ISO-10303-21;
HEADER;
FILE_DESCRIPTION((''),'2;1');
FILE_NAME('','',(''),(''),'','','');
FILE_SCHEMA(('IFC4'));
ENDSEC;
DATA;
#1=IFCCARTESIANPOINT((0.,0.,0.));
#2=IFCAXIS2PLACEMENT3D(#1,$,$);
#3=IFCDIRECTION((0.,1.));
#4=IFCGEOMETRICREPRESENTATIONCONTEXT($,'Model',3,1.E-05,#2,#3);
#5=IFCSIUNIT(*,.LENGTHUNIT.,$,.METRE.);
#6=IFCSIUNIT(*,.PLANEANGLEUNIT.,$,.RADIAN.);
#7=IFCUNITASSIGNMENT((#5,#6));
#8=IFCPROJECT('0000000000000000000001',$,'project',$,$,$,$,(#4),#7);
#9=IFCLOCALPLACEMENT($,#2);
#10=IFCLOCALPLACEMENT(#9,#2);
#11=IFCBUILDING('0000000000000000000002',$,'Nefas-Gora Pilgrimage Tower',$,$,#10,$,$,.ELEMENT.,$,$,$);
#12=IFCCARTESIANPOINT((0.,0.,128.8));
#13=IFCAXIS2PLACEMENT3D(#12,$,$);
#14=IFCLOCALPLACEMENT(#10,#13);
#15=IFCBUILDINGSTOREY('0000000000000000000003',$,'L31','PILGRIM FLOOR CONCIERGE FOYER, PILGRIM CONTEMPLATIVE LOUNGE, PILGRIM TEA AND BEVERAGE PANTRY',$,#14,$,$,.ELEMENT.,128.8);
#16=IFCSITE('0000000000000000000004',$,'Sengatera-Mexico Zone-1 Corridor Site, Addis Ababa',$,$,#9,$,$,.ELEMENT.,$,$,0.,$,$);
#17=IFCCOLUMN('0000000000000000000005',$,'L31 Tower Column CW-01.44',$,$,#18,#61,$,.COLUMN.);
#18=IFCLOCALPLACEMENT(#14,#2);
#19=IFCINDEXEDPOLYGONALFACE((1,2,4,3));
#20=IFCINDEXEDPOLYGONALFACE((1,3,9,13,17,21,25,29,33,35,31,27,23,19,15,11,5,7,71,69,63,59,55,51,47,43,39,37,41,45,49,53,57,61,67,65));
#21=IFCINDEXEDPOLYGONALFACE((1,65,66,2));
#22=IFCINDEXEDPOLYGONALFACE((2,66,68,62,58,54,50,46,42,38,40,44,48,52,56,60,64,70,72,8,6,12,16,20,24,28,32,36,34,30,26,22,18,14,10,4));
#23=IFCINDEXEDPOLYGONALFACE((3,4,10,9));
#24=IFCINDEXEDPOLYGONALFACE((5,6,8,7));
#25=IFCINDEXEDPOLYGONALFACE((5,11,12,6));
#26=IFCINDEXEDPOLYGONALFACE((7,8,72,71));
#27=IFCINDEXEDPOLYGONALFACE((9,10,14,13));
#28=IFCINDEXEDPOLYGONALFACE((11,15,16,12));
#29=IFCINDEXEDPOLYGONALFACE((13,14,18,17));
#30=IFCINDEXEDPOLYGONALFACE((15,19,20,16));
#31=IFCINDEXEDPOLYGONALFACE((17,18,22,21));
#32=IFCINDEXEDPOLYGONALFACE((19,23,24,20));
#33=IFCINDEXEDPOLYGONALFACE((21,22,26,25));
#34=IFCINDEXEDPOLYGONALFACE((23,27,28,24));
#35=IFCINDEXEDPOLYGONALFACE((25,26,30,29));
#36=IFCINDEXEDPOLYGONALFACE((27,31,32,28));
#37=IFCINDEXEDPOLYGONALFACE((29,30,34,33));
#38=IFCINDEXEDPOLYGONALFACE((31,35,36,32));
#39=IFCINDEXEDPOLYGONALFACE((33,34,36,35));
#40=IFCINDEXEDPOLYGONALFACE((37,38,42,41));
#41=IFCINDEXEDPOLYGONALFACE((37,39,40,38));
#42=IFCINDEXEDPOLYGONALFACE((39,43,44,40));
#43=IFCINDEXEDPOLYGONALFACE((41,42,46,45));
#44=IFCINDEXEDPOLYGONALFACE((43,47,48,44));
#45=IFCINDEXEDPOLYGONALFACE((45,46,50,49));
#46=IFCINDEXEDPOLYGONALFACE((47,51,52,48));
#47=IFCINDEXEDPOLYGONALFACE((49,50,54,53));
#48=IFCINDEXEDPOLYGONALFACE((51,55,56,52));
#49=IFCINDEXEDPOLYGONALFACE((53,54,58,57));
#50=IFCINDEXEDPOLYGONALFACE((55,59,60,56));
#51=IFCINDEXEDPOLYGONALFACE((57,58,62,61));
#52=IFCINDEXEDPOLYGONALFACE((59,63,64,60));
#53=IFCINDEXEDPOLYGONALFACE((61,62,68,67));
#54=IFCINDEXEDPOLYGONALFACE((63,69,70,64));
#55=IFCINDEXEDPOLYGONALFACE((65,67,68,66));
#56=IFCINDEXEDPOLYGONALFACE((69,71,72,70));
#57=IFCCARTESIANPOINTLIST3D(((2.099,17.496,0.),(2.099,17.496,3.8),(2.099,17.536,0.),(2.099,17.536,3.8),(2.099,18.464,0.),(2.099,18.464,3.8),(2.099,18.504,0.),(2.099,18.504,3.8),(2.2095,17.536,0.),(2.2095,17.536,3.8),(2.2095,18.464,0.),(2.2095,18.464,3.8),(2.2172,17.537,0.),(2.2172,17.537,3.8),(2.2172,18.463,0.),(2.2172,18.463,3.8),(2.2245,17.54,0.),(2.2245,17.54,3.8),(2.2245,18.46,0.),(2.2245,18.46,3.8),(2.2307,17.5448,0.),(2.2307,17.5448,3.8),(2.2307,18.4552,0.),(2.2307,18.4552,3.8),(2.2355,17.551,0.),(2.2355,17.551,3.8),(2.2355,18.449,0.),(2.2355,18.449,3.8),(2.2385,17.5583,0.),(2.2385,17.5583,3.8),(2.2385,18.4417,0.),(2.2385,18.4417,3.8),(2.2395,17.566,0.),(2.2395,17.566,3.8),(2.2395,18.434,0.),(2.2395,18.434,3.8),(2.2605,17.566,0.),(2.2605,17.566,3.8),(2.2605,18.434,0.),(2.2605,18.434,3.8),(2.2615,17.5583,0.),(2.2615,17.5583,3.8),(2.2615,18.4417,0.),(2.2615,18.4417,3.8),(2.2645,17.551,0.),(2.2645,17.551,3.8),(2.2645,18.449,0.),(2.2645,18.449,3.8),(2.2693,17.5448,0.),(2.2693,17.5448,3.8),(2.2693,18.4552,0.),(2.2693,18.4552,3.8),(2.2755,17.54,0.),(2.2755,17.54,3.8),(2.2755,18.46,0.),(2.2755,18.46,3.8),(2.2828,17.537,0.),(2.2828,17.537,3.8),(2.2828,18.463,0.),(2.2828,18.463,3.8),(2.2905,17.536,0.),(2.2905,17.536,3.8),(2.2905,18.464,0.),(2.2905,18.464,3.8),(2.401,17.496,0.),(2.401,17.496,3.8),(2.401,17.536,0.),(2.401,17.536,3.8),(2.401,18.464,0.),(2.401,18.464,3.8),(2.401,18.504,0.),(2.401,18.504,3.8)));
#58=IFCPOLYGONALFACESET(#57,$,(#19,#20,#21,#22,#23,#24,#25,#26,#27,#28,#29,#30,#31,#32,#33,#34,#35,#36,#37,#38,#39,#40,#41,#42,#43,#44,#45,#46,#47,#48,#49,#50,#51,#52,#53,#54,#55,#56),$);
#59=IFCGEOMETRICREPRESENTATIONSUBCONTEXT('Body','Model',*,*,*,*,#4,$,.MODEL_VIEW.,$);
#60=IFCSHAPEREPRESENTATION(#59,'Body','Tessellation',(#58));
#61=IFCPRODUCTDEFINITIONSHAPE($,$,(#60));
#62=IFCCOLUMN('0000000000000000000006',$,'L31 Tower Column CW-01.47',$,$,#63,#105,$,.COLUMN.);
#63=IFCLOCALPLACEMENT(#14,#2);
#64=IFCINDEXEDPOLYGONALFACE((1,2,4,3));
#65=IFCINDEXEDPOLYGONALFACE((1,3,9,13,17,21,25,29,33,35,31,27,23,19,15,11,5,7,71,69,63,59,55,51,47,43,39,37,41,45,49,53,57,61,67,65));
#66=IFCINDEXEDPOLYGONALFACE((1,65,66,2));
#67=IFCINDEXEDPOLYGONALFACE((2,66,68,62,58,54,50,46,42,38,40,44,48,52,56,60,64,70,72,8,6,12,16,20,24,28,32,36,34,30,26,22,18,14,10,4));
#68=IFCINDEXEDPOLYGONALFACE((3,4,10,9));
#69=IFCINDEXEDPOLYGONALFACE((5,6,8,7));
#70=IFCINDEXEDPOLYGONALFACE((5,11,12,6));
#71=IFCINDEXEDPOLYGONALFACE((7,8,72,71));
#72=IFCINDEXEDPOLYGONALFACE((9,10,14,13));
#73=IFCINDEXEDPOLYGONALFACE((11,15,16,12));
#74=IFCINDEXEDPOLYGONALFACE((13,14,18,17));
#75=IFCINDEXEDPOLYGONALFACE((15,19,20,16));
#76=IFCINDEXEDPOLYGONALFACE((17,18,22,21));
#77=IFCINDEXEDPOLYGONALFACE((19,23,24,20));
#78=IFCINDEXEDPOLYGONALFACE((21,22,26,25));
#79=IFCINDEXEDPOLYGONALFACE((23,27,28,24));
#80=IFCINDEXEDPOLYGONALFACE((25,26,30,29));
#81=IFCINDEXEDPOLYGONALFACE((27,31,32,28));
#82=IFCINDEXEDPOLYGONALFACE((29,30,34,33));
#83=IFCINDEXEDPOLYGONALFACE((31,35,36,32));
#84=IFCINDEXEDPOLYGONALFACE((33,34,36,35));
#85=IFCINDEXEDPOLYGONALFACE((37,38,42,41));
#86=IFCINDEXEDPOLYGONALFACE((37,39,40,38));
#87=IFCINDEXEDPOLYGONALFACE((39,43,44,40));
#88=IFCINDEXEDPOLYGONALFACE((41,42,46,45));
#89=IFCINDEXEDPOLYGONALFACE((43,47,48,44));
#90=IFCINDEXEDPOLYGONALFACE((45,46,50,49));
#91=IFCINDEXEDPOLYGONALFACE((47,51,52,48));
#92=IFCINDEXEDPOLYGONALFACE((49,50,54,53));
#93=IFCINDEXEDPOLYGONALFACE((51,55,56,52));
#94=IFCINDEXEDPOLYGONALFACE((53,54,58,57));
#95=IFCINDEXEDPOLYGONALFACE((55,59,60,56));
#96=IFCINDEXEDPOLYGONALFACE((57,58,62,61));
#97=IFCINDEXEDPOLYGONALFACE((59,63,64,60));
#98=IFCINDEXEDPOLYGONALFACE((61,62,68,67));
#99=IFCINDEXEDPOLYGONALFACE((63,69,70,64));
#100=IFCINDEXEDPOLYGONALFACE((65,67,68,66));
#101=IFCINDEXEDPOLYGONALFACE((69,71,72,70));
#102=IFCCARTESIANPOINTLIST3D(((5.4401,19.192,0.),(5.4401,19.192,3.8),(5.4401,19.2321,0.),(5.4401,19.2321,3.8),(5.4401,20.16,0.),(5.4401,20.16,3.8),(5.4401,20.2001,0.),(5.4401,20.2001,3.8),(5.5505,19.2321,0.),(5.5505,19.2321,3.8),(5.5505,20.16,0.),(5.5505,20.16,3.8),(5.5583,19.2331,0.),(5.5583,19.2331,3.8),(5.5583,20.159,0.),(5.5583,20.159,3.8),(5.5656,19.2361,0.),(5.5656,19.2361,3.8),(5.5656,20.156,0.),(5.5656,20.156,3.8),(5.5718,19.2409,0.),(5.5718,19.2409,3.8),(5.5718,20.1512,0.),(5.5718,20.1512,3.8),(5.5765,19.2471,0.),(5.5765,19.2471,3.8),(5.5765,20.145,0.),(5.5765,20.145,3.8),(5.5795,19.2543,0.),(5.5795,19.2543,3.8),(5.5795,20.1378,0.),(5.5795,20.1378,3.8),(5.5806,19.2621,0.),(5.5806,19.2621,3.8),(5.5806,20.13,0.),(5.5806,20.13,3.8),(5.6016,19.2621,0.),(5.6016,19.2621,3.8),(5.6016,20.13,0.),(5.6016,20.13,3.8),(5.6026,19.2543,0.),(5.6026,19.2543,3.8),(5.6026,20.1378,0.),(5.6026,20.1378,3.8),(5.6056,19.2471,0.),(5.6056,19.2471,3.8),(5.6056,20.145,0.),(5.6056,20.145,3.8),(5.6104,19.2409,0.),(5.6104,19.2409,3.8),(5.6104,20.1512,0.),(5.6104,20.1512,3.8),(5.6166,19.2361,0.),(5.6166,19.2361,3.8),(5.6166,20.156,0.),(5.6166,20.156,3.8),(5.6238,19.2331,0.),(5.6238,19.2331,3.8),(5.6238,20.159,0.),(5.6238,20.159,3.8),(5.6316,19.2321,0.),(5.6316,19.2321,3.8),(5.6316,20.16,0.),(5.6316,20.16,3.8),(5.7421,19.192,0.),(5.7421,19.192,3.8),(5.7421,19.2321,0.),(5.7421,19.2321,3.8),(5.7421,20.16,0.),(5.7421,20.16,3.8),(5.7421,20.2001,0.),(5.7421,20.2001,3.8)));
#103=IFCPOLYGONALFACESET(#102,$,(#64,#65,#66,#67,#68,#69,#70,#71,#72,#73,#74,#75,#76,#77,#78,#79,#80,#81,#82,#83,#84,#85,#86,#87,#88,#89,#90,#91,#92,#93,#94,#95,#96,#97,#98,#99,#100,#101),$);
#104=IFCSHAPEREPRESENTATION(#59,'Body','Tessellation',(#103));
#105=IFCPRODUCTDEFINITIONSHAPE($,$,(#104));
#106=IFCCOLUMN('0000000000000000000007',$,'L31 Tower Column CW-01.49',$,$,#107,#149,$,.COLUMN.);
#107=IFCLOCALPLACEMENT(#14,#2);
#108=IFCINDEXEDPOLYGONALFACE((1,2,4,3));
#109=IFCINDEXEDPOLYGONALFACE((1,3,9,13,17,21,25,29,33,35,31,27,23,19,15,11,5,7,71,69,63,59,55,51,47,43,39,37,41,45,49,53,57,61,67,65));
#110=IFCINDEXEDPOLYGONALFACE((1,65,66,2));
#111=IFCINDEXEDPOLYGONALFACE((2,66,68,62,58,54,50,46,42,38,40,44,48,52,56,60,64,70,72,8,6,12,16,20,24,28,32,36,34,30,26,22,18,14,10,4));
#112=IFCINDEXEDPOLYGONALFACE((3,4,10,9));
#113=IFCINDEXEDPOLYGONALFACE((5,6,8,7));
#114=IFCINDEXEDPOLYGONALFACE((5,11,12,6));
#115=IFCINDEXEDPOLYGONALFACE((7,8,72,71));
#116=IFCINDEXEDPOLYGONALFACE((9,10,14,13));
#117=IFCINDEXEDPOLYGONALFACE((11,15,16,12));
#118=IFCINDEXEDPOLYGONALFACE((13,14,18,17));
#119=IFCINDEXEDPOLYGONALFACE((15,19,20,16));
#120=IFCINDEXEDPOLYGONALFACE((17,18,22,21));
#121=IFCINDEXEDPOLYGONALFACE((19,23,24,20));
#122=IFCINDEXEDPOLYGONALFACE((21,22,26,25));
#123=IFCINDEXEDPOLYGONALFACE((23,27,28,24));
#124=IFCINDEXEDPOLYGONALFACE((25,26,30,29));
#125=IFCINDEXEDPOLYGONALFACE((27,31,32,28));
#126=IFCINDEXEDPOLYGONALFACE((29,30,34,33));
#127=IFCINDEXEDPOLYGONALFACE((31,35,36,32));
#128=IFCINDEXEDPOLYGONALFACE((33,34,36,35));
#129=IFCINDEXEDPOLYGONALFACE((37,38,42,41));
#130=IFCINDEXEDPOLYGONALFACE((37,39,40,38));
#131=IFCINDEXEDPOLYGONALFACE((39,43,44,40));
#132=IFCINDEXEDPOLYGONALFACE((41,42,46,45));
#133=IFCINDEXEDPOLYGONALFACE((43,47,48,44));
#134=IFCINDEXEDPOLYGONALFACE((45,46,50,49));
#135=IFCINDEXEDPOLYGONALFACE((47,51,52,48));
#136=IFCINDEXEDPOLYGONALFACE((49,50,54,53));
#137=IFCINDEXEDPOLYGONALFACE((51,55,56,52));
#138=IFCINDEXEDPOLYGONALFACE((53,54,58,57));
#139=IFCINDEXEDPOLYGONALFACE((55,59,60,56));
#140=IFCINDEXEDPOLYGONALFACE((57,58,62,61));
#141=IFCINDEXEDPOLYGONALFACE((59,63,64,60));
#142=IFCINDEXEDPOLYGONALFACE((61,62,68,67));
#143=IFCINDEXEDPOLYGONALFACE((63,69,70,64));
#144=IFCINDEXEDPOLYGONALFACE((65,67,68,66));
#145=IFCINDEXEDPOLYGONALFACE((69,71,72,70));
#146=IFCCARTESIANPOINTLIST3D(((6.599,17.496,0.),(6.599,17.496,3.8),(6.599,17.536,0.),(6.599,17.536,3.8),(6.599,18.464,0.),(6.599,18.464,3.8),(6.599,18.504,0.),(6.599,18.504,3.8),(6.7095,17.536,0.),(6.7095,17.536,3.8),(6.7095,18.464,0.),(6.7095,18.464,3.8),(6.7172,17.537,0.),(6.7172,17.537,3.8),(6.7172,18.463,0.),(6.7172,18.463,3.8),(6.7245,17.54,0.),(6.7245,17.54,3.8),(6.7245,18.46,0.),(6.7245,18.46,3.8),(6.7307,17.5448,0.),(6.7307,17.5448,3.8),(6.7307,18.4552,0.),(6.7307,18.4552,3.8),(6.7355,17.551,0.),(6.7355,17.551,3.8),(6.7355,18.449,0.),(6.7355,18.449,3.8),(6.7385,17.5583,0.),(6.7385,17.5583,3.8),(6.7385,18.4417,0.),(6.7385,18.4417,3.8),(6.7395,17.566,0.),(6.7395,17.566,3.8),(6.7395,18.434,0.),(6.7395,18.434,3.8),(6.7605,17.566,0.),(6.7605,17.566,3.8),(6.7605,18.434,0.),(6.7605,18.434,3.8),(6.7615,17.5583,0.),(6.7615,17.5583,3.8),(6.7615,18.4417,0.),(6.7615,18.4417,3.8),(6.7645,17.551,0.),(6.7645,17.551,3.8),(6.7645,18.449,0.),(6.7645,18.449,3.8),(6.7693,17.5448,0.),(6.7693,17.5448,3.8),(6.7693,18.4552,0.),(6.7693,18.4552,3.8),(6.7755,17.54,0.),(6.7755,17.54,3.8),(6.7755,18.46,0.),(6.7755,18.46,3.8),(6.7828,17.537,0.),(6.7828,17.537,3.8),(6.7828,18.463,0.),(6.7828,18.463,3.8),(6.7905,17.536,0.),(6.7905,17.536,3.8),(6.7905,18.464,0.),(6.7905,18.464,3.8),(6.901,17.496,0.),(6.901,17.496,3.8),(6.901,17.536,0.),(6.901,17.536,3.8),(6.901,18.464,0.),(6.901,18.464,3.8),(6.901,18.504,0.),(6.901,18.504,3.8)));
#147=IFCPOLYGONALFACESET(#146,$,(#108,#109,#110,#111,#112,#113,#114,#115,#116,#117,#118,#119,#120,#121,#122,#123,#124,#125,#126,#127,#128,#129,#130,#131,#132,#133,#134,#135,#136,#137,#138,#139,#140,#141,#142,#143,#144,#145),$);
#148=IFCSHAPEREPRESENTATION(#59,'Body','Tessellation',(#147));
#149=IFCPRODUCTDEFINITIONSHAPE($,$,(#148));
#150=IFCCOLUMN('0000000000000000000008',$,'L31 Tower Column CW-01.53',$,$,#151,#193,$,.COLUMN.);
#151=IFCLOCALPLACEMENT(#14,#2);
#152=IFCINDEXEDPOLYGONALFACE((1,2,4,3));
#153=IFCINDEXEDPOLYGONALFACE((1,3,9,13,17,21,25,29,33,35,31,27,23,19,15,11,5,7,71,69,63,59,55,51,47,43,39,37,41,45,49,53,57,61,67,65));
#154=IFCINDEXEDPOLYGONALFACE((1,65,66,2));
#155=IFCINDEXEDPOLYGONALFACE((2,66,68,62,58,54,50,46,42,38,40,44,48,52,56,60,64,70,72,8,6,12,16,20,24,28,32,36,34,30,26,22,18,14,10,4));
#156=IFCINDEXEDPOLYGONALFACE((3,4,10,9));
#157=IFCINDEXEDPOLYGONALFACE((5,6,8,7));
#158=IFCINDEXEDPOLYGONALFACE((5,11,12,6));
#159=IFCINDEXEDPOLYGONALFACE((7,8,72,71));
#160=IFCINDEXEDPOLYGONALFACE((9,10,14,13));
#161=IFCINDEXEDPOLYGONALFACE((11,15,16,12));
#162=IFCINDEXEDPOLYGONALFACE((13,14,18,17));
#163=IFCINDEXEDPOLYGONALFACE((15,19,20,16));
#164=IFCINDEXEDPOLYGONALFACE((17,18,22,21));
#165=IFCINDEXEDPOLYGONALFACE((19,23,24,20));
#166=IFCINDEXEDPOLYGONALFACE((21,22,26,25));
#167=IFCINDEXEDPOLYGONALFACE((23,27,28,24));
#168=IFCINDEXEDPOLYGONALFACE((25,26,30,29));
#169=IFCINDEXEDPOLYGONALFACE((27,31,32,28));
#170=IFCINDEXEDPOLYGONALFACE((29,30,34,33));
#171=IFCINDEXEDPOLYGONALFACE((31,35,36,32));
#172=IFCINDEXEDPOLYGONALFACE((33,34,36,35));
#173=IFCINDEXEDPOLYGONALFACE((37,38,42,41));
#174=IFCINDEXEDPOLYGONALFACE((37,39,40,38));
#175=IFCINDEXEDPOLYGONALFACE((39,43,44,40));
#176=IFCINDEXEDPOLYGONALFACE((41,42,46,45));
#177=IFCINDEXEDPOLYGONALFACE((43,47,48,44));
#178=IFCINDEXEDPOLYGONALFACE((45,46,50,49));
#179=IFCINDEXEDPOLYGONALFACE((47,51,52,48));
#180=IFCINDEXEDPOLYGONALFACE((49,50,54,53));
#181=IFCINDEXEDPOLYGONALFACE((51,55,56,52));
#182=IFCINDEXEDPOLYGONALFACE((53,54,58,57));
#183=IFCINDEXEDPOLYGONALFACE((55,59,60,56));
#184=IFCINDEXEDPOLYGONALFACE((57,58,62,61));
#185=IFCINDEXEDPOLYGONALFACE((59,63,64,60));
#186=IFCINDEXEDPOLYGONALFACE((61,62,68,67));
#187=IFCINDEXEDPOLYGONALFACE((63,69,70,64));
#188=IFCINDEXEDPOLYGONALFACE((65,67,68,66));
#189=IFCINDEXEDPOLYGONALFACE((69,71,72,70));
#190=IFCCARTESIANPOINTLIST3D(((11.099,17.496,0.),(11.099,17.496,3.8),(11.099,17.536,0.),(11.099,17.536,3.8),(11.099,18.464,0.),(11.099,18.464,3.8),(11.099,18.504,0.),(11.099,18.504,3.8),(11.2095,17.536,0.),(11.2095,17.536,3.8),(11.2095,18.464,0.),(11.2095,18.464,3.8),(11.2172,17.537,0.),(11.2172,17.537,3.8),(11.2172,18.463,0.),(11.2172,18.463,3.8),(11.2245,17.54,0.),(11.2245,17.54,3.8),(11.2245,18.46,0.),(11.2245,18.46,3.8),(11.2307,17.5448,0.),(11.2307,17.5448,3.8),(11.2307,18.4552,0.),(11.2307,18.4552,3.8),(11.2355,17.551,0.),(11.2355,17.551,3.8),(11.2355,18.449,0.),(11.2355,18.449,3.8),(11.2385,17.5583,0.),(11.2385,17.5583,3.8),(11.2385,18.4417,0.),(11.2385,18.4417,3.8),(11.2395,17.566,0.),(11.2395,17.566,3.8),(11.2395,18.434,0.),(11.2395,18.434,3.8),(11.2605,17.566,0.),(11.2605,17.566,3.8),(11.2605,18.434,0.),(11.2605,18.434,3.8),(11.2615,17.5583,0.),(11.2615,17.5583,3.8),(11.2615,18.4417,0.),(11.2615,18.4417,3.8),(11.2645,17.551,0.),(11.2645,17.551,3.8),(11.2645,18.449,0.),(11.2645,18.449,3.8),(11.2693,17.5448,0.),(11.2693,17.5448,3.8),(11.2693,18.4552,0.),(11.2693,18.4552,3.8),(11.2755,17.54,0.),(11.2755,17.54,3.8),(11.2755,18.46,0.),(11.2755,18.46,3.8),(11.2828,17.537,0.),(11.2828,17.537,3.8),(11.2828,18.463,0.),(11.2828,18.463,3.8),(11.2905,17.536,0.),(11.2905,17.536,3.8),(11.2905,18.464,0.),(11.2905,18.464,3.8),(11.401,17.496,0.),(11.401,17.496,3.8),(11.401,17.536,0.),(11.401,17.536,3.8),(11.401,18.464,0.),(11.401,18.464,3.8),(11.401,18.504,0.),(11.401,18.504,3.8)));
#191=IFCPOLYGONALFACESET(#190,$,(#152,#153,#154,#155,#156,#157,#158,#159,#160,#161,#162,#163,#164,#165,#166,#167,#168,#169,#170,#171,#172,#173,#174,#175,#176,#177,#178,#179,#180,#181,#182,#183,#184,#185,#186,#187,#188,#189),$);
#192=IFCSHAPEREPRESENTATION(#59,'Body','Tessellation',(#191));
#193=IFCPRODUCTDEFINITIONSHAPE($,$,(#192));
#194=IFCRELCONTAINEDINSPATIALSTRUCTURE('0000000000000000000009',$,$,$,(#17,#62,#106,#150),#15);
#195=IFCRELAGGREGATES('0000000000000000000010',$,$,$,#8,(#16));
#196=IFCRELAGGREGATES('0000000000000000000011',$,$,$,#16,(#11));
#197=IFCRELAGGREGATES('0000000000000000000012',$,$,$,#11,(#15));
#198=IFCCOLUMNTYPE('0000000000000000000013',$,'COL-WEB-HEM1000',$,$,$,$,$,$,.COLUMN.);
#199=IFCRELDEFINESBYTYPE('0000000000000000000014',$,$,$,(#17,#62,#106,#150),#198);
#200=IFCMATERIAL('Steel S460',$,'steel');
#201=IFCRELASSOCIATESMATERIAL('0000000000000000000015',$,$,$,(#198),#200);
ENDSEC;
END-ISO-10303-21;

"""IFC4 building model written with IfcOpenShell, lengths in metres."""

from ifc_helpers import new_model, si_unit, direction, frame, origin, origin_2d, place, context, subcontext, project, spatial, i_section, extrude, source, transform, mapped, material, material_profile, profile_set, type_object, element, save


model = new_model("IFC4")

# Units and contexts
model_context = context("Model", 3, precision=1e-05, world=origin(), true_north=direction((0.0, 1.0)))
body_context = subcontext(model_context, "Body", "Model", "MODEL_VIEW")
ifc_project = project(units=[si_unit("LENGTHUNIT", "METRE"), si_unit("PLANEANGLEUNIT", "RADIAN")], contexts=[model_context])

# Site, building, storey
site_placement = place(None, origin())
site = spatial("IfcSite", under=ifc_project, at=site_placement, Name="Sengatera-Mexico Zone-1 Corridor Site, Addis Ababa", CompositionType="ELEMENT", RefElevation=0.0)
building_placement = place(site_placement, origin())
building = spatial("IfcBuilding", under=site, at=building_placement, Name="Nefas-Gora Pilgrimage Tower", CompositionType="ELEMENT")
storey_placement = place(building_placement, frame((0.0, 0.0, 128.8)))
storey = spatial("IfcBuildingStorey", under=building, at=storey_placement, Name="L31", Description="PILGRIM FLOOR CONCIERGE FOYER, PILGRIM CONTEMPLATIVE LOUNGE, PILGRIM TEA AND BEVERAGE PANTRY", CompositionType="ELEMENT", Elevation=128.8)

# Columns
ifc_material_1 = material(Name="Steel S460", Category="steel")
ifc_material_profile_1 = material_profile(ifc_material_1, i_section(OverallWidth=0.302, OverallDepth=1.0081, WebThickness=0.021, FlangeThickness=0.04, FilletRadius=0.03, at=origin_2d()), Name="HEM 1000")
ifc_profile_set_1 = profile_set([ifc_material_profile_1], Name="Steel S460")
column_type_1 = type_object("IfcColumnType", Name="COL-WEB-HEM1000", PredefinedType="COLUMN", material=ifc_profile_set_1)
shared_shape_1 = source(origin(), body_context, "Body", "SweptSolid", [
    extrude(i_section(OverallWidth=0.302, OverallDepth=1.0081, WebThickness=0.021, FlangeThickness=0.04, FilletRadius=0.03, at=origin_2d()), origin(), (0.0, 0.0, 1.0), 3.8),
])
for number, where, z_axis, x_axis, name in (
    (1, (2.25, 18.0, 0.0), (0.0, 0.0, 1.0), (1.0, 0.0, 0.0), "L31 Tower Column CW-01.44"),
    (2, (5.5911, 19.696, 0.0), (0.0, 0.0, 1.0), (1.0, 0.0, 0.0), "L31 Tower Column CW-01.47"),
    (3, (6.75, 18.0, 0.0), (0.0, 0.0, 1.0), (1.0, 0.0, 0.0), "L31 Tower Column CW-01.49"),
    (4, (11.25, 18.0, 0.0), (0.0, 0.0, 1.0), (1.0, 0.0, 0.0), "L31 Tower Column CW-01.53"),
):
    element("IfcColumn", number, at=place(storey_placement, frame(where, z_axis=z_axis, x_axis=x_axis)), inside=storey, type_object=column_type_1, Name=name, PredefinedType="COLUMN", context=body_context, shape_type="MappedRepresentation", body=[
        mapped(shared_shape_1, transform((0.0, 0.0, 0.0), x_axis=(1.0, 0.0, 0.0), y_axis=(0.0, 1.0, 0.0), z_axis=(0.0, 0.0, 1.0), scale=1.0)),
    ])

save(model, "model.ifc")
